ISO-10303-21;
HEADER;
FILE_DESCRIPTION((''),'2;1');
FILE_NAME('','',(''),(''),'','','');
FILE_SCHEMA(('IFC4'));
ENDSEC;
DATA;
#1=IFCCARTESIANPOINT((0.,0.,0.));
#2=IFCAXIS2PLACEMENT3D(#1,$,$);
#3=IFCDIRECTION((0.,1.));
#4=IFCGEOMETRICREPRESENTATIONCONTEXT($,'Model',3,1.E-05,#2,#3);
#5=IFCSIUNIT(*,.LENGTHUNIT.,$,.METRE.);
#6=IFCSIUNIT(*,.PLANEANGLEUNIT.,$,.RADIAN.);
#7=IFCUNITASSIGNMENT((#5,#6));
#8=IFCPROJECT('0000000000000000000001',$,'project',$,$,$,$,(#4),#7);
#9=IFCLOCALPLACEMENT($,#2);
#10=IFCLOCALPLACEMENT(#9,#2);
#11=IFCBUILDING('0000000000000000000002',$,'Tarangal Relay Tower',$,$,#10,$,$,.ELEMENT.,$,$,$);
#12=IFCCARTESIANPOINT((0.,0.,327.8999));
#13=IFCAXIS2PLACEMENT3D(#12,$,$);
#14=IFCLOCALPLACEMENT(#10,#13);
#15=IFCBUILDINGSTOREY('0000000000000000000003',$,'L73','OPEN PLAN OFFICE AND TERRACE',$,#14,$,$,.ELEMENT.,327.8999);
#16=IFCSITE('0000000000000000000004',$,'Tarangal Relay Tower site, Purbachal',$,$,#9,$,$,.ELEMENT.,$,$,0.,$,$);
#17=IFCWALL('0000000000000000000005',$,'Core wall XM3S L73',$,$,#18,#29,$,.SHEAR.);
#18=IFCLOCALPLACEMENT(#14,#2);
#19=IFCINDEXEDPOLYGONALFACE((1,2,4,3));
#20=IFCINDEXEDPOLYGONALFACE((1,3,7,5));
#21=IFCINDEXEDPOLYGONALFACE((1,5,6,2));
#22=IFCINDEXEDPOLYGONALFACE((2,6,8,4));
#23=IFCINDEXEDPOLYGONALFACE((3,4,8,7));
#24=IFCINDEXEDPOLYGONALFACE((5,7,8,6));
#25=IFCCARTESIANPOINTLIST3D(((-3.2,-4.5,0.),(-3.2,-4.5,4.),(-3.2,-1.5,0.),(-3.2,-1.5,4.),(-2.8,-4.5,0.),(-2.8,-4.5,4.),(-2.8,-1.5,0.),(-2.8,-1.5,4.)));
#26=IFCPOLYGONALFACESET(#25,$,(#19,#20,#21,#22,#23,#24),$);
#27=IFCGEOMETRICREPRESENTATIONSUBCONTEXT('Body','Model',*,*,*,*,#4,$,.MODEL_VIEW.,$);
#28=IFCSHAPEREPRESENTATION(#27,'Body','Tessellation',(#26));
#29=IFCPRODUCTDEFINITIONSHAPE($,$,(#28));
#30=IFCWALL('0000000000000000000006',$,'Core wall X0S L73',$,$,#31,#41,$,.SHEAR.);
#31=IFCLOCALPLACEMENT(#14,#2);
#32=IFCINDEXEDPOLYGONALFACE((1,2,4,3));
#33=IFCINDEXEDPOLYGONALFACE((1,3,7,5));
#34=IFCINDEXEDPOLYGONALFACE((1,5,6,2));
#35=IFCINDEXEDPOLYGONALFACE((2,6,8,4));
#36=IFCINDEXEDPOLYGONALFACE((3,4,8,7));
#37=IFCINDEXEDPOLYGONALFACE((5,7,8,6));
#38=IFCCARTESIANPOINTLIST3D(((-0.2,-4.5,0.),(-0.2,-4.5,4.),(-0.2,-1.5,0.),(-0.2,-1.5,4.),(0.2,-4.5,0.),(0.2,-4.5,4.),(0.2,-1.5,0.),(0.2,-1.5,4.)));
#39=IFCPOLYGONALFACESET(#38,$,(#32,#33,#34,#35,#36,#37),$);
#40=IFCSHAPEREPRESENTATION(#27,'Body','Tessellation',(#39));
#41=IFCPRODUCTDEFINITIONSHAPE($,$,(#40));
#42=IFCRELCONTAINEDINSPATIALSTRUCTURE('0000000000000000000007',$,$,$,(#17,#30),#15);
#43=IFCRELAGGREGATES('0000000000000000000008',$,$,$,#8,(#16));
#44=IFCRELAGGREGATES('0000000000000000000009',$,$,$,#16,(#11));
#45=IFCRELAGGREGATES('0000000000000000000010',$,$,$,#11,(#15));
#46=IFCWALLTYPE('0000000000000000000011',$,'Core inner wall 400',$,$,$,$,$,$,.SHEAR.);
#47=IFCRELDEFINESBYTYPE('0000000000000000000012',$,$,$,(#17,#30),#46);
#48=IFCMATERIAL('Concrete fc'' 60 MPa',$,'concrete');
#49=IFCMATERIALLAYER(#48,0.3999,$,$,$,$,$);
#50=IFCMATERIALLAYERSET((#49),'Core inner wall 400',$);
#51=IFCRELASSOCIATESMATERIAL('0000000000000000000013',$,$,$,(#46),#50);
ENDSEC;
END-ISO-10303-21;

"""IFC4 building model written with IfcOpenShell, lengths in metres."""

from ifc_helpers import new_model, si_unit, direction, frame, frame_2d, origin, place, context, subcontext, project, spatial, rectangle, extrude, material, layer, layer_set, type_object, element, save


model = new_model("IFC4")

# Units and contexts
model_context = context("Model", 3, precision=1e-05, world=origin(), true_north=direction((0.0, 1.0)))
body_context = subcontext(model_context, "Body", "Model", "MODEL_VIEW")
ifc_project = project(units=[si_unit("LENGTHUNIT", "METRE"), si_unit("PLANEANGLEUNIT", "RADIAN")], contexts=[model_context])

# Site, building, storey
site_placement = place(None, origin())
site = spatial("IfcSite", under=ifc_project, at=site_placement, Name="Tarangal Relay Tower site, Purbachal", CompositionType="ELEMENT", RefElevation=0.0)
building_placement = place(site_placement, origin())
building = spatial("IfcBuilding", under=site, at=building_placement, Name="Tarangal Relay Tower", CompositionType="ELEMENT")
storey_placement = place(building_placement, frame((0.0, 0.0, 327.8999)))
storey = spatial("IfcBuildingStorey", under=building, at=storey_placement, Name="L73", Description="OPEN PLAN OFFICE AND TERRACE", CompositionType="ELEMENT", Elevation=327.8999)

# Shared definitions
ifc_material_1 = material(Name="Concrete fc' 60 MPa", Category="concrete")
ifc_layer_1 = layer(ifc_material_1, 0.3999)
ifc_layer_set_1 = layer_set([ifc_layer_1], Name="Core inner wall 400")
wall_type_1 = type_object("IfcWallType", Name="Core inner wall 400", PredefinedType="SHEAR", material=ifc_layer_set_1)

# Walls
for number, where, z_axis, x_axis, name in (
    (1, (-3.0, -4.5, 0.0), (0.0, 0.0, 1.0), (0.0, 1.0, 0.0), "Core wall XM3S L73"),
    (2, (0.0, -4.5, 0.0), (0.0, 0.0, 1.0), (0.0, 1.0, 0.0), "Core wall X0S L73"),
):
    element("IfcWall", number, at=place(storey_placement, frame(where, z_axis=z_axis, x_axis=x_axis)), inside=storey, type_object=wall_type_1, Name=name, PredefinedType="SHEAR", context=body_context, shape_type="SweptSolid", body=[
        extrude(rectangle(XDim=3.0, YDim=0.3999, at=frame_2d((1.5, 0.0))), origin(), (0.0, 0.0, 1.0), 4.0),
    ])

save(model, "model.ifc")
